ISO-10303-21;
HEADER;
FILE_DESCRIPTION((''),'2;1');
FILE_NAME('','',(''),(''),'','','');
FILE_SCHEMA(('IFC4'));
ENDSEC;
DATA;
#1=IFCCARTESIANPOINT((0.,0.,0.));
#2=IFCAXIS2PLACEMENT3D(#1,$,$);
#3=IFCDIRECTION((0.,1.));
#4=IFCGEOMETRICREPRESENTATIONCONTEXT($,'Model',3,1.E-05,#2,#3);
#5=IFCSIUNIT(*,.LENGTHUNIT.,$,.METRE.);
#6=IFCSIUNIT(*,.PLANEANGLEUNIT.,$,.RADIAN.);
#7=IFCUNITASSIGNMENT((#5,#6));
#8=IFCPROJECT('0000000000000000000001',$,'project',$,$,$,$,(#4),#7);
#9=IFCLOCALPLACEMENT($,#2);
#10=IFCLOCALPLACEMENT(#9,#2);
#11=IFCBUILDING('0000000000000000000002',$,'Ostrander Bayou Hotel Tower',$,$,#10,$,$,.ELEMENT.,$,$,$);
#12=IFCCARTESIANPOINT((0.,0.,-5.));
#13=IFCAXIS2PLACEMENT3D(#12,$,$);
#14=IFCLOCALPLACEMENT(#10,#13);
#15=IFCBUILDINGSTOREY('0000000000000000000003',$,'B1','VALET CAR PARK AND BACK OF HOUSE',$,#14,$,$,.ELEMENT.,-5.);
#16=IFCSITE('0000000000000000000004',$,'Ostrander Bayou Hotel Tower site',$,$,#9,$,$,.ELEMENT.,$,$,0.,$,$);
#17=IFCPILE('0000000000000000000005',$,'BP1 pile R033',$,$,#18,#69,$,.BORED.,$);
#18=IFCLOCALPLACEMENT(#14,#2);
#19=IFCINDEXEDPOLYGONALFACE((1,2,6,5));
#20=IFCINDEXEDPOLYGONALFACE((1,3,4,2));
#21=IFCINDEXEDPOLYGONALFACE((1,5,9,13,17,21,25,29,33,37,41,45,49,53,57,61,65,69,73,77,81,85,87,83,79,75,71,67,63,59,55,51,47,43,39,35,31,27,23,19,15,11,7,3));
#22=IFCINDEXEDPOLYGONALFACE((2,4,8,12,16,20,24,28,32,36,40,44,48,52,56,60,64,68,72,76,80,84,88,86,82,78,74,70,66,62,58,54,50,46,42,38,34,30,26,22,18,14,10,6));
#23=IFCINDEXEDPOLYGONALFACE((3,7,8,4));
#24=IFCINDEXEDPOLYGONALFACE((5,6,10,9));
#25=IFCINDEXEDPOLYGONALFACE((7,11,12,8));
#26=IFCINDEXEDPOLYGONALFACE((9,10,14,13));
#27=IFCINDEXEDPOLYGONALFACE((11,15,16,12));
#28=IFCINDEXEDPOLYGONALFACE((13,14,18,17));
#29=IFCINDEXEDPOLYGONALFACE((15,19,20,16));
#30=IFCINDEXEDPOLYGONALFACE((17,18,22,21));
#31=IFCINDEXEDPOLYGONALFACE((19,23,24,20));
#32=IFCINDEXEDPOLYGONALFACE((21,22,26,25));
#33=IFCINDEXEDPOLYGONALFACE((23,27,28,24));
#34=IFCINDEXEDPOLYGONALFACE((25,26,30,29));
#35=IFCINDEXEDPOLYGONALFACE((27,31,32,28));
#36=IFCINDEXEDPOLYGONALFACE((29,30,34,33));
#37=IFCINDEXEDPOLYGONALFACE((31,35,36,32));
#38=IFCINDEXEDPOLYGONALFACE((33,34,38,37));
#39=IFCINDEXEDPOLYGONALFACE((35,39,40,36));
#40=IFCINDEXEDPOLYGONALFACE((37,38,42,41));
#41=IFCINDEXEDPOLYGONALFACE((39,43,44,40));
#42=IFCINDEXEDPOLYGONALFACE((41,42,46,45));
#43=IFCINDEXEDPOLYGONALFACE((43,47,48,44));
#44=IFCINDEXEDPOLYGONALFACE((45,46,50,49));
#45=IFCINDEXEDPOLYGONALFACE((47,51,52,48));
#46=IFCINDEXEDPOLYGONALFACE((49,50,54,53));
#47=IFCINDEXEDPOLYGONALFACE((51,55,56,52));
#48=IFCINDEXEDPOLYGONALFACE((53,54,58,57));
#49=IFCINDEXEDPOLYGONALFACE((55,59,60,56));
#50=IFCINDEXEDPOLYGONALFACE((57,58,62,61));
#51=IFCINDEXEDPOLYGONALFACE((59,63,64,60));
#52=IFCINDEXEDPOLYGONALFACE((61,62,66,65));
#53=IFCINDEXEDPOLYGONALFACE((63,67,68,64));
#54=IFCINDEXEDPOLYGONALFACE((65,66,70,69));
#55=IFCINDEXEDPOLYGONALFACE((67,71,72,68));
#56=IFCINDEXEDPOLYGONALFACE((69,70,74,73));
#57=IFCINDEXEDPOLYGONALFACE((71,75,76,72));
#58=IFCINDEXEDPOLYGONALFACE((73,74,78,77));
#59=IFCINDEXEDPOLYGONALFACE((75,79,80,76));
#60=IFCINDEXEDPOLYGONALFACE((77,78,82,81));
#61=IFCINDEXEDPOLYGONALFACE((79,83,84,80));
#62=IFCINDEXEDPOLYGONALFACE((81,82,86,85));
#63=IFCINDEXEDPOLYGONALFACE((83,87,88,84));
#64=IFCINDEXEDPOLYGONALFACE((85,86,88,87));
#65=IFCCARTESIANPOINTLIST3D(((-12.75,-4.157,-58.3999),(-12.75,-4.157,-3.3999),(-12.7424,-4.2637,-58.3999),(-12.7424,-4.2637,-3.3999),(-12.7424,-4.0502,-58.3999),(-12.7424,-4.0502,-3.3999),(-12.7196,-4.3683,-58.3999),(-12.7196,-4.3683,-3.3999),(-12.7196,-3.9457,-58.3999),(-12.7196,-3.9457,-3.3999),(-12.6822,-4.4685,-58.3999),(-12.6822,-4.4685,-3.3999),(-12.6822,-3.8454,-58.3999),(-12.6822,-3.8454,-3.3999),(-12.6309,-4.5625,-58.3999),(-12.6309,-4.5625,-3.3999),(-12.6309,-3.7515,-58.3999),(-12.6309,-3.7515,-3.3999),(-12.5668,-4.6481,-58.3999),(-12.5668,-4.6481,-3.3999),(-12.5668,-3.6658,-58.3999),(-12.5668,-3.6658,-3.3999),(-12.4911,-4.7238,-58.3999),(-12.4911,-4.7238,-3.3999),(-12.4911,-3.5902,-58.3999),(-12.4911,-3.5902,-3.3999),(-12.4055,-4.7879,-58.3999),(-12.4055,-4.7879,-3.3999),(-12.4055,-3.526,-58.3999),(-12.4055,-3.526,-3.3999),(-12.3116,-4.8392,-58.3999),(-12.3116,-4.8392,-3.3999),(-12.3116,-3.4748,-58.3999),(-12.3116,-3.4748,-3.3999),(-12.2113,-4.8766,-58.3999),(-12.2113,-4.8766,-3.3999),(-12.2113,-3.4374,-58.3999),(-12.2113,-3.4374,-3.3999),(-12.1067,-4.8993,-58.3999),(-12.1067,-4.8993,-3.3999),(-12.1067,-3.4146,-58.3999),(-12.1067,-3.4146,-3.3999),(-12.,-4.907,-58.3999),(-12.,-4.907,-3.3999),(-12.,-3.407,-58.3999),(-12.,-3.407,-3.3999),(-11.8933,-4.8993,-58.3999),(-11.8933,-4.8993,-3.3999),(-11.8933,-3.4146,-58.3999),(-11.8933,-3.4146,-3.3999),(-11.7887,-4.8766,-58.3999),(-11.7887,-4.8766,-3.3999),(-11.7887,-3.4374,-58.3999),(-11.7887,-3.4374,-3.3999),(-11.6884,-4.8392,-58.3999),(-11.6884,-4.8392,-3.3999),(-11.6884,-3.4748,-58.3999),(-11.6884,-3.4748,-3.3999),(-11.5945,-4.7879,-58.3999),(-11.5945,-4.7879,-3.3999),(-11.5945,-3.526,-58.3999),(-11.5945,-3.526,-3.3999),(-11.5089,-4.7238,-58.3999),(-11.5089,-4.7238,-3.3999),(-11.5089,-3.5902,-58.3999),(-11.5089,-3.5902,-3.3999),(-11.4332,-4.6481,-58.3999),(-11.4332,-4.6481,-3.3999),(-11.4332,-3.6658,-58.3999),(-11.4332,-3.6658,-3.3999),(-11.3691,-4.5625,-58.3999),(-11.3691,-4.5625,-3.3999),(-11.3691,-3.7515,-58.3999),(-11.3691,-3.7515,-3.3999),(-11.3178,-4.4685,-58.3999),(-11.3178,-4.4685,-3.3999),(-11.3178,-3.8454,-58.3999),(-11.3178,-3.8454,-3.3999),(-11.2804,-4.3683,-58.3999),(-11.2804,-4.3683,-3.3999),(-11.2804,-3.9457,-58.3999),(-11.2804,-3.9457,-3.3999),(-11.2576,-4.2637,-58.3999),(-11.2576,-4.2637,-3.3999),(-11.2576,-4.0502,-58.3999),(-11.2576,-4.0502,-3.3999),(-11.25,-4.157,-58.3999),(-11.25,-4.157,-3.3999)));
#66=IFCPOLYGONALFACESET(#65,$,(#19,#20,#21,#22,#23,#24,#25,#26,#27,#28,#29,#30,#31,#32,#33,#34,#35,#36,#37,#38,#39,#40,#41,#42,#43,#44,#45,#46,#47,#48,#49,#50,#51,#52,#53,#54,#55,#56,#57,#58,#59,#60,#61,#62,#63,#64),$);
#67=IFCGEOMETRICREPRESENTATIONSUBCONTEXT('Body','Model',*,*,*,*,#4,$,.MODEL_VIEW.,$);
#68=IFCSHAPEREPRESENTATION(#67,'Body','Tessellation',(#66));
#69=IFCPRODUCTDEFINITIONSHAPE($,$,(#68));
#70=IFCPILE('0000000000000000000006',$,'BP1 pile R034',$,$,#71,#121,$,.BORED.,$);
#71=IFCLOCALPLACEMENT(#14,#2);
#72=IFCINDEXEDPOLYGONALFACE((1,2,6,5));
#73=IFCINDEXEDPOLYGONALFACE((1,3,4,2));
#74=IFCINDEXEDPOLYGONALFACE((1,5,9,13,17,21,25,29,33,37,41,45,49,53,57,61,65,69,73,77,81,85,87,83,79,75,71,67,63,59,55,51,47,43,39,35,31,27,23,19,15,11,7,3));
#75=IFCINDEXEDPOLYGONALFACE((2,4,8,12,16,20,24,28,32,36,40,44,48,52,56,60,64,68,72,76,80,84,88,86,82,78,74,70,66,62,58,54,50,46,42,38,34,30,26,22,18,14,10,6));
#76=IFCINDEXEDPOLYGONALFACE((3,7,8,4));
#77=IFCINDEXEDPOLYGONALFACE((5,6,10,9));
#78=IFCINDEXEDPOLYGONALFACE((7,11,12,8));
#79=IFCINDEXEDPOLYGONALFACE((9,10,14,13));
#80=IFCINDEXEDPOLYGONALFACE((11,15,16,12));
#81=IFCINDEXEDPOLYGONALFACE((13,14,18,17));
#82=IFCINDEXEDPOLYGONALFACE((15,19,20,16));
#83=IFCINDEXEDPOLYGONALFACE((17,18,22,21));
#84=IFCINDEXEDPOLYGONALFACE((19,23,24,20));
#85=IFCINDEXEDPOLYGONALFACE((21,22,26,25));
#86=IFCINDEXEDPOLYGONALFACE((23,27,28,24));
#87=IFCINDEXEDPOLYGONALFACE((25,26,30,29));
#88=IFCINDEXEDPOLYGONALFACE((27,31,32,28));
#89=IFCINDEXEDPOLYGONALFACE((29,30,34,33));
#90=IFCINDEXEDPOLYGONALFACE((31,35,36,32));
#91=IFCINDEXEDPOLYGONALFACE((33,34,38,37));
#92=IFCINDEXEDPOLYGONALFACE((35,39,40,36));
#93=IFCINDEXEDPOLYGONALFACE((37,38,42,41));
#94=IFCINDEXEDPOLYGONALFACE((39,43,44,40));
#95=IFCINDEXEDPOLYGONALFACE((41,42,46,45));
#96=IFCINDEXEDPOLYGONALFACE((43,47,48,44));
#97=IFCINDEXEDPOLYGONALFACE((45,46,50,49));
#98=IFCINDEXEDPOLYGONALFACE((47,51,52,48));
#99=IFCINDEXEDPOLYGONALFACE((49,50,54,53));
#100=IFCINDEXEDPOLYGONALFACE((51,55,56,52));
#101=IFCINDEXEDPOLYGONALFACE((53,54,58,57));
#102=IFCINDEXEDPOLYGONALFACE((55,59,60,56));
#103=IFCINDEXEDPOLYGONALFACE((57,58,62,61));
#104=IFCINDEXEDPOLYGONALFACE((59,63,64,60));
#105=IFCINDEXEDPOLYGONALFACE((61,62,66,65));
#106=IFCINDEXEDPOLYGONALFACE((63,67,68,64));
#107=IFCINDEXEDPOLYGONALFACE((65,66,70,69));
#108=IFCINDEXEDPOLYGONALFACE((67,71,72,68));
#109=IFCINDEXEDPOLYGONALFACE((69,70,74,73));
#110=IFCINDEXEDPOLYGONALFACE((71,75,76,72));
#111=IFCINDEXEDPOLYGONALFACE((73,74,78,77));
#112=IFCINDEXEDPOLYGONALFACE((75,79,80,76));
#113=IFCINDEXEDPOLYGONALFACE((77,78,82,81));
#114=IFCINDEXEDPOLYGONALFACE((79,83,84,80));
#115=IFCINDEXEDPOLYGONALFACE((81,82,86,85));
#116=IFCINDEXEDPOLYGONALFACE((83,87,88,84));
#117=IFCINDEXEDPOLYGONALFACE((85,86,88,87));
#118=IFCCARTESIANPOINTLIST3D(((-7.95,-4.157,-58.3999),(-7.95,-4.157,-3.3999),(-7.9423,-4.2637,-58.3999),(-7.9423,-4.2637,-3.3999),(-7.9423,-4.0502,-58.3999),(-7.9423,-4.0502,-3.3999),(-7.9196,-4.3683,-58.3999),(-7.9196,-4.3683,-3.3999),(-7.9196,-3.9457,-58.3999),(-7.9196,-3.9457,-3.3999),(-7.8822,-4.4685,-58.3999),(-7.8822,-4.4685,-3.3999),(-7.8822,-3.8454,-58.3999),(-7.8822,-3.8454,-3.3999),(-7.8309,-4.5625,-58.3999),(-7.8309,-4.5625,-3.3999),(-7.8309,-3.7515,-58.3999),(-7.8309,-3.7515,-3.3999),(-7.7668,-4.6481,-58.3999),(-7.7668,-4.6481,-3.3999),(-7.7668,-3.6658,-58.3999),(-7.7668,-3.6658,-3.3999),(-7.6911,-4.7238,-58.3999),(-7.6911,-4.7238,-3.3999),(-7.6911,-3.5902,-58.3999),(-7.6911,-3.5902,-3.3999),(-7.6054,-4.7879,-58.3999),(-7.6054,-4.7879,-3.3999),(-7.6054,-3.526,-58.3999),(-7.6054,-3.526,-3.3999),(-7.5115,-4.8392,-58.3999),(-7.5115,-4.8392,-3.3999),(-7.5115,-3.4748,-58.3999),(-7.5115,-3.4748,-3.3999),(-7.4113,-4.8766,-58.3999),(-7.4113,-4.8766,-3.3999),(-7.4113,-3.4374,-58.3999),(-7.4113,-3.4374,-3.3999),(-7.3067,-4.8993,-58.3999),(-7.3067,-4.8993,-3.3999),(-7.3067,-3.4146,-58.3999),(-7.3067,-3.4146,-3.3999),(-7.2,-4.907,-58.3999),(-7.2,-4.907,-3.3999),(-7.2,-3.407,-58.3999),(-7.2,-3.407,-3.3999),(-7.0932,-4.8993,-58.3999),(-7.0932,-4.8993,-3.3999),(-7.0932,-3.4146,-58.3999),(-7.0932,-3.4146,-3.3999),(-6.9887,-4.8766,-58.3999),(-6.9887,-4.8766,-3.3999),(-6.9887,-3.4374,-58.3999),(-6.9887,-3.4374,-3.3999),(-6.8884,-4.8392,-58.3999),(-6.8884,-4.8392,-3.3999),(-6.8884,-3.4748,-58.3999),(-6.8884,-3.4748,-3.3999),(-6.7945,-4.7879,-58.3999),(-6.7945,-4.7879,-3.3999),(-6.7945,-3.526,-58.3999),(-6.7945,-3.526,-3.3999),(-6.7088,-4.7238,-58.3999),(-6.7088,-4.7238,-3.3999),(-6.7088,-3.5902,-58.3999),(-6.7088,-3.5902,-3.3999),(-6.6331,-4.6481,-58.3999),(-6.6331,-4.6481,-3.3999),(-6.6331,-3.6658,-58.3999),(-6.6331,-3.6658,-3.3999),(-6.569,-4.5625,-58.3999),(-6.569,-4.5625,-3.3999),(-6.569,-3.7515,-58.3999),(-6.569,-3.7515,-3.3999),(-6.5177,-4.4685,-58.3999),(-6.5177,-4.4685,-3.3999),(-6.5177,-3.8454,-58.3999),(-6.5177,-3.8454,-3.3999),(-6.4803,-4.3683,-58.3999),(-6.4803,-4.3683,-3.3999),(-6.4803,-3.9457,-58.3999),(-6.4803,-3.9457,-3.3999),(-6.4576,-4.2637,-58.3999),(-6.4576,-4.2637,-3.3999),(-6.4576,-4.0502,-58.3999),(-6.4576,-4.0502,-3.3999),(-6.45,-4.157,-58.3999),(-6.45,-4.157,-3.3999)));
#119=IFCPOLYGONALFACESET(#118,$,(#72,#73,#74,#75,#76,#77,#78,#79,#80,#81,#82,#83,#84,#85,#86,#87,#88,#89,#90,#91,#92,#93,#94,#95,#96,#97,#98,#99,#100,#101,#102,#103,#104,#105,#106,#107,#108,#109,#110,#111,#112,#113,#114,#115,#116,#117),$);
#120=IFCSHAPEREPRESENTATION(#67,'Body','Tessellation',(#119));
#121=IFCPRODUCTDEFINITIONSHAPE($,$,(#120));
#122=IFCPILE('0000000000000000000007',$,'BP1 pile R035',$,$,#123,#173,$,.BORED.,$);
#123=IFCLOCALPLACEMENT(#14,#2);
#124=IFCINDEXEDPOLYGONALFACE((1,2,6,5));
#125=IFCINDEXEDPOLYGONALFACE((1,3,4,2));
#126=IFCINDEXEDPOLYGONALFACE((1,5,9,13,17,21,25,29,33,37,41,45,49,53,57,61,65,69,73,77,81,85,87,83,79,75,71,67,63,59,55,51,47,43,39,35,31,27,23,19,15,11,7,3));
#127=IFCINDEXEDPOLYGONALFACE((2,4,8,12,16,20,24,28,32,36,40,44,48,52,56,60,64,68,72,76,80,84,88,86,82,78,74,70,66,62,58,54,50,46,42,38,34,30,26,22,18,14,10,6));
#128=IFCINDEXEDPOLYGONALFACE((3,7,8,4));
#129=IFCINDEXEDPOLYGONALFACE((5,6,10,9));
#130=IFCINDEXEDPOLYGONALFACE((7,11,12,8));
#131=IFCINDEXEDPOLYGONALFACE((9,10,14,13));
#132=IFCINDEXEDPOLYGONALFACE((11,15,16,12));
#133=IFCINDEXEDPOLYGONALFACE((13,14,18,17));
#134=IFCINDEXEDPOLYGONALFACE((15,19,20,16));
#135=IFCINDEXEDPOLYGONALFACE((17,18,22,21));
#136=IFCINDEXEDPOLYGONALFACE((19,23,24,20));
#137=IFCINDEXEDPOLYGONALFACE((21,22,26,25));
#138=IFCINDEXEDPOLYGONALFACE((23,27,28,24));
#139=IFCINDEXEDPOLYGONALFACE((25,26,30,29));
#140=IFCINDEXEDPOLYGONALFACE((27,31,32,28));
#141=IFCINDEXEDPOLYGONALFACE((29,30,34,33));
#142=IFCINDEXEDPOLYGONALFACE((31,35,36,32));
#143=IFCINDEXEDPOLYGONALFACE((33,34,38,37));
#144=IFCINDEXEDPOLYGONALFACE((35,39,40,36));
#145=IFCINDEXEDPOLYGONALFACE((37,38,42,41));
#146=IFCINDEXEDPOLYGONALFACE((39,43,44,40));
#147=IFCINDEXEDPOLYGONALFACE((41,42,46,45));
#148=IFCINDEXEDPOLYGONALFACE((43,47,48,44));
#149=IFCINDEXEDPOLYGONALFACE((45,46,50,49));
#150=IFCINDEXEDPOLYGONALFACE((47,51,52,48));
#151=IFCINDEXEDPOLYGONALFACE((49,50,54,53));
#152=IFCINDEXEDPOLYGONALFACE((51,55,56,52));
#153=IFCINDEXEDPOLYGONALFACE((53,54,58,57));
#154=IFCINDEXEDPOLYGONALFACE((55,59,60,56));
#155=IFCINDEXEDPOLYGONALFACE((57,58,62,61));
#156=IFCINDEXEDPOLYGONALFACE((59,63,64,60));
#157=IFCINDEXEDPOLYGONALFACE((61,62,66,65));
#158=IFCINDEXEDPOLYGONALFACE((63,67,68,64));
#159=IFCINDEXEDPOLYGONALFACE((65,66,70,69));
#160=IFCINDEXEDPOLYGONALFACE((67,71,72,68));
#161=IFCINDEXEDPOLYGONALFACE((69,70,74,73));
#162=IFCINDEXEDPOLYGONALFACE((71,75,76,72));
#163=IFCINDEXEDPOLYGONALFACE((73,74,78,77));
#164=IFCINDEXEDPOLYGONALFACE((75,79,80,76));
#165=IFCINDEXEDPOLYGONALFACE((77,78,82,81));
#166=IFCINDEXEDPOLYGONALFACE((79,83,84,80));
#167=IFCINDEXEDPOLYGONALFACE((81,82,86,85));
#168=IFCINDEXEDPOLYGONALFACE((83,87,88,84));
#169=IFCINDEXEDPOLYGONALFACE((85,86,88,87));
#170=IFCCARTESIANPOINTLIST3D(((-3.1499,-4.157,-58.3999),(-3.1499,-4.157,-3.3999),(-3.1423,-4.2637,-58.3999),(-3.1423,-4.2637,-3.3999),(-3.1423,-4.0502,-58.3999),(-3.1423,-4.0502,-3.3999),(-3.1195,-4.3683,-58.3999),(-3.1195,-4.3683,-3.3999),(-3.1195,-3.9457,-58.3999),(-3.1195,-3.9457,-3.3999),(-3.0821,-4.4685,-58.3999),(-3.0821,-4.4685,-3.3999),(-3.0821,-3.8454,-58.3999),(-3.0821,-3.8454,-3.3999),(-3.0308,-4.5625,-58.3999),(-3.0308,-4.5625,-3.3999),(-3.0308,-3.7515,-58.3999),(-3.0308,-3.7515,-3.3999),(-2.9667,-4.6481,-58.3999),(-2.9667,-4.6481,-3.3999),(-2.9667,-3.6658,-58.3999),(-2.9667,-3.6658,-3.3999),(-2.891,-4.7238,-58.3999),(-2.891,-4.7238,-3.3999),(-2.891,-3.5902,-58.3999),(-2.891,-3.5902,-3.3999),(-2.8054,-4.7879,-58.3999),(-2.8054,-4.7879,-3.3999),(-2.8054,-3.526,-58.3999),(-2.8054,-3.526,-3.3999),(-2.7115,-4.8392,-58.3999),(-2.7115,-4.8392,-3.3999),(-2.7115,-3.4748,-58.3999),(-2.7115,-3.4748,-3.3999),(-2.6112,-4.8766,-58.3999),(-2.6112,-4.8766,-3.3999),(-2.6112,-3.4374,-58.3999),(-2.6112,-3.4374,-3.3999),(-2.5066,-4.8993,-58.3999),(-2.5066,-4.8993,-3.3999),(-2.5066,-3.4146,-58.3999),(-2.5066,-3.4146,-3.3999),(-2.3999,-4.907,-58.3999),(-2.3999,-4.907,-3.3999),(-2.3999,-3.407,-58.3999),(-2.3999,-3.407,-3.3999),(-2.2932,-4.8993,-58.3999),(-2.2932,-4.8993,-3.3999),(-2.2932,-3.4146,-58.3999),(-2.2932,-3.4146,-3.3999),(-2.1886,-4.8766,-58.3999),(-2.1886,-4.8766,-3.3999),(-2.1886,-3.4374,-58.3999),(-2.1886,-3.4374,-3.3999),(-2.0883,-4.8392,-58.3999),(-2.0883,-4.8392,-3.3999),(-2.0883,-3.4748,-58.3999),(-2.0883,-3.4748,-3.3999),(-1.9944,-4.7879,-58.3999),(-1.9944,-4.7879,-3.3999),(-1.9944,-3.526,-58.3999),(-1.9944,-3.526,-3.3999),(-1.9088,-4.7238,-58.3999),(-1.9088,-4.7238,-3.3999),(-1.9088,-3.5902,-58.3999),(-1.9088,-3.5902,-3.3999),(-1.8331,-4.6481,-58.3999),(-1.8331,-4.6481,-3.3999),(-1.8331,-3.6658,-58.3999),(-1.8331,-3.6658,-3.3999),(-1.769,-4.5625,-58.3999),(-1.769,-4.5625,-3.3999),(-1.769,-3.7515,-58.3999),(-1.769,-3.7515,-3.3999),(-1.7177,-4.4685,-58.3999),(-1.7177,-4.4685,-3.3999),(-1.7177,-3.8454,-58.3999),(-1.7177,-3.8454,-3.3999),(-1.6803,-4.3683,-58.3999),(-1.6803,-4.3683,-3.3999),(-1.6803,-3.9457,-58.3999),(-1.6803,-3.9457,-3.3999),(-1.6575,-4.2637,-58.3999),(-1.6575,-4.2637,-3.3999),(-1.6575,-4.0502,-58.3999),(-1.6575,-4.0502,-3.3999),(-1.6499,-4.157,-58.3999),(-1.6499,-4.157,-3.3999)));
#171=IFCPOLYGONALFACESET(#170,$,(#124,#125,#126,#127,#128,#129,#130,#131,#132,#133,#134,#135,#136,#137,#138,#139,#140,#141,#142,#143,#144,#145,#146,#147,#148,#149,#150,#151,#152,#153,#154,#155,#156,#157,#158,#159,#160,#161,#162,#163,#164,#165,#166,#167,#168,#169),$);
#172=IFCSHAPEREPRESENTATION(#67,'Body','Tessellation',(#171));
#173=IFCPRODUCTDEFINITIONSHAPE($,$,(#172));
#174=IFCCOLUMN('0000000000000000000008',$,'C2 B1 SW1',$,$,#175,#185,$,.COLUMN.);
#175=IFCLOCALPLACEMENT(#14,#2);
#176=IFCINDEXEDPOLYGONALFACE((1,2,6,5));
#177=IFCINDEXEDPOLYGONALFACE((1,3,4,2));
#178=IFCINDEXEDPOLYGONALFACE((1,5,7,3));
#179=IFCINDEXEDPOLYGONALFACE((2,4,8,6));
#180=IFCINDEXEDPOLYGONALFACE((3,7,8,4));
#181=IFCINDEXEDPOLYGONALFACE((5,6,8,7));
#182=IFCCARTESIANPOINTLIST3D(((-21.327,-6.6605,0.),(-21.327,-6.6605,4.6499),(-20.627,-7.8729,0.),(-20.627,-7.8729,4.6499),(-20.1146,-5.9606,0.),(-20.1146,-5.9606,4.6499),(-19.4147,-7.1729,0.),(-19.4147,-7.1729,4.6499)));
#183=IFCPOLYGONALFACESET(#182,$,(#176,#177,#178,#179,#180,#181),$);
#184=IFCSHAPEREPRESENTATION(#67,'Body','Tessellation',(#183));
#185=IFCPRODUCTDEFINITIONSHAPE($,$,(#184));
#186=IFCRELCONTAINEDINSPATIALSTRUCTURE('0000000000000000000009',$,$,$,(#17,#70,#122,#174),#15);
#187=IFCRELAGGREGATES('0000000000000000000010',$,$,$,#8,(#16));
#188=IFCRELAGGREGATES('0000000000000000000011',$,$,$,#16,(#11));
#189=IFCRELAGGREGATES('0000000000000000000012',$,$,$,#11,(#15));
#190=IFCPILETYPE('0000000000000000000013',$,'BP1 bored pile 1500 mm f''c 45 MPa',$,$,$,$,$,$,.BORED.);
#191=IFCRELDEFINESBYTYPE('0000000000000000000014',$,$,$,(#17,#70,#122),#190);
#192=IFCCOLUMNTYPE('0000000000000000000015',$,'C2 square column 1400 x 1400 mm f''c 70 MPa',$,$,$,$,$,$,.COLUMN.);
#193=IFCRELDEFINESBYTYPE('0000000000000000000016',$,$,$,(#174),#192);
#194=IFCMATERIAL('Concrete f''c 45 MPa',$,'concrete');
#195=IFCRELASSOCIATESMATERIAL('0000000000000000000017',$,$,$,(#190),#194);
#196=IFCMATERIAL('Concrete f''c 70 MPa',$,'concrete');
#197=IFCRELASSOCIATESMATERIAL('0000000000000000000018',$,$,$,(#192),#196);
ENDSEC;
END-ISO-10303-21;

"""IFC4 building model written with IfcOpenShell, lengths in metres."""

from ifc_helpers import new_model, si_unit, direction, frame, origin, origin_2d, place, context, subcontext, project, spatial, rectangle, circle, extrude, material, material_profile, profile_set, type_object, element, save


model = new_model("IFC4")

# Units and contexts
model_context = context("Model", 3, precision=1e-05, world=origin(), true_north=direction((0.0, 1.0)))
body_context = subcontext(model_context, "Body", "Model", "MODEL_VIEW")
ifc_project = project(units=[si_unit("LENGTHUNIT", "METRE"), si_unit("PLANEANGLEUNIT", "RADIAN")], contexts=[model_context])

# Site, building, storey
site_placement = place(None, origin())
site = spatial("IfcSite", under=ifc_project, at=site_placement, Name="Ostrander Bayou Hotel Tower site", CompositionType="ELEMENT", RefElevation=0.0)
building_placement = place(site_placement, origin())
building = spatial("IfcBuilding", under=site, at=building_placement, Name="Ostrander Bayou Hotel Tower", CompositionType="ELEMENT")
storey_placement = place(building_placement, frame((0.0, 0.0, -5.0)))
storey = spatial("IfcBuildingStorey", under=building, at=storey_placement, Name="B1", Description="VALET CAR PARK AND BACK OF HOUSE", CompositionType="ELEMENT", Elevation=-5.0)

# Piles
ifc_material_1 = material(Name="Concrete f'c 45 MPa", Category="concrete")
ifc_material_profile_1 = material_profile(ifc_material_1, circle(Radius=0.75, at=origin_2d()))
ifc_profile_set_1 = profile_set([ifc_material_profile_1], Name="Concrete f'c 45 MPa")
pile_type = type_object("IfcPileType", Name="BP1 bored pile 1500 mm f'c 45 MPa", PredefinedType="BORED", material=ifc_profile_set_1)
for number, where, z_axis, x_axis, name in (
    (1, (-12.0, -4.157, -3.3999), (0.0, 0.0, -1.0), (1.0, 0.0, 0.0), "BP1 pile R033"),
    (2, (-7.2, -4.157, -3.3999), (0.0, 0.0, -1.0), (1.0, 0.0, 0.0), "BP1 pile R034"),
    (3, (-2.3999, -4.157, -3.3999), (0.0, 0.0, -1.0), (1.0, 0.0, 0.0), "BP1 pile R035"),
):
    element("IfcPile", number, at=place(storey_placement, frame(where, z_axis=z_axis, x_axis=x_axis)), inside=storey, type_object=pile_type, Name=name, PredefinedType="BORED", context=body_context, shape_type="SweptSolid", body=[
        extrude(circle(Radius=0.75, at=origin_2d()), origin(), (0.0, 0.0, 1.0), 55.0),
    ])

# Column
ifc_material_2 = material(Name="Concrete f'c 70 MPa", Category="concrete")
ifc_material_profile_2 = material_profile(ifc_material_2, rectangle(XDim=1.3999, YDim=1.3999, at=origin_2d()))
ifc_profile_set_2 = profile_set([ifc_material_profile_2], Name="Concrete f'c 70 MPa")
column_type = type_object("IfcColumnType", Name="C2 square column 1400 x 1400 mm f'c 70 MPa", PredefinedType="COLUMN", material=ifc_profile_set_2)
column_placement = place(storey_placement, frame((-20.3708, -6.9167, 0.0), z_axis=(0.0, 0.0, 1.0), x_axis=(-0.5, 0.866025, 0.0)))
element("IfcColumn", 4, at=column_placement, inside=storey, type_object=column_type, Name="C2 B1 SW1", PredefinedType="COLUMN", context=body_context, shape_type="SweptSolid", body=[
    extrude(rectangle(XDim=1.3999, YDim=1.3999, at=origin_2d()), origin(), (0.0, 0.0, 1.0), 4.6499),
])

save(model, "model.ifc")
